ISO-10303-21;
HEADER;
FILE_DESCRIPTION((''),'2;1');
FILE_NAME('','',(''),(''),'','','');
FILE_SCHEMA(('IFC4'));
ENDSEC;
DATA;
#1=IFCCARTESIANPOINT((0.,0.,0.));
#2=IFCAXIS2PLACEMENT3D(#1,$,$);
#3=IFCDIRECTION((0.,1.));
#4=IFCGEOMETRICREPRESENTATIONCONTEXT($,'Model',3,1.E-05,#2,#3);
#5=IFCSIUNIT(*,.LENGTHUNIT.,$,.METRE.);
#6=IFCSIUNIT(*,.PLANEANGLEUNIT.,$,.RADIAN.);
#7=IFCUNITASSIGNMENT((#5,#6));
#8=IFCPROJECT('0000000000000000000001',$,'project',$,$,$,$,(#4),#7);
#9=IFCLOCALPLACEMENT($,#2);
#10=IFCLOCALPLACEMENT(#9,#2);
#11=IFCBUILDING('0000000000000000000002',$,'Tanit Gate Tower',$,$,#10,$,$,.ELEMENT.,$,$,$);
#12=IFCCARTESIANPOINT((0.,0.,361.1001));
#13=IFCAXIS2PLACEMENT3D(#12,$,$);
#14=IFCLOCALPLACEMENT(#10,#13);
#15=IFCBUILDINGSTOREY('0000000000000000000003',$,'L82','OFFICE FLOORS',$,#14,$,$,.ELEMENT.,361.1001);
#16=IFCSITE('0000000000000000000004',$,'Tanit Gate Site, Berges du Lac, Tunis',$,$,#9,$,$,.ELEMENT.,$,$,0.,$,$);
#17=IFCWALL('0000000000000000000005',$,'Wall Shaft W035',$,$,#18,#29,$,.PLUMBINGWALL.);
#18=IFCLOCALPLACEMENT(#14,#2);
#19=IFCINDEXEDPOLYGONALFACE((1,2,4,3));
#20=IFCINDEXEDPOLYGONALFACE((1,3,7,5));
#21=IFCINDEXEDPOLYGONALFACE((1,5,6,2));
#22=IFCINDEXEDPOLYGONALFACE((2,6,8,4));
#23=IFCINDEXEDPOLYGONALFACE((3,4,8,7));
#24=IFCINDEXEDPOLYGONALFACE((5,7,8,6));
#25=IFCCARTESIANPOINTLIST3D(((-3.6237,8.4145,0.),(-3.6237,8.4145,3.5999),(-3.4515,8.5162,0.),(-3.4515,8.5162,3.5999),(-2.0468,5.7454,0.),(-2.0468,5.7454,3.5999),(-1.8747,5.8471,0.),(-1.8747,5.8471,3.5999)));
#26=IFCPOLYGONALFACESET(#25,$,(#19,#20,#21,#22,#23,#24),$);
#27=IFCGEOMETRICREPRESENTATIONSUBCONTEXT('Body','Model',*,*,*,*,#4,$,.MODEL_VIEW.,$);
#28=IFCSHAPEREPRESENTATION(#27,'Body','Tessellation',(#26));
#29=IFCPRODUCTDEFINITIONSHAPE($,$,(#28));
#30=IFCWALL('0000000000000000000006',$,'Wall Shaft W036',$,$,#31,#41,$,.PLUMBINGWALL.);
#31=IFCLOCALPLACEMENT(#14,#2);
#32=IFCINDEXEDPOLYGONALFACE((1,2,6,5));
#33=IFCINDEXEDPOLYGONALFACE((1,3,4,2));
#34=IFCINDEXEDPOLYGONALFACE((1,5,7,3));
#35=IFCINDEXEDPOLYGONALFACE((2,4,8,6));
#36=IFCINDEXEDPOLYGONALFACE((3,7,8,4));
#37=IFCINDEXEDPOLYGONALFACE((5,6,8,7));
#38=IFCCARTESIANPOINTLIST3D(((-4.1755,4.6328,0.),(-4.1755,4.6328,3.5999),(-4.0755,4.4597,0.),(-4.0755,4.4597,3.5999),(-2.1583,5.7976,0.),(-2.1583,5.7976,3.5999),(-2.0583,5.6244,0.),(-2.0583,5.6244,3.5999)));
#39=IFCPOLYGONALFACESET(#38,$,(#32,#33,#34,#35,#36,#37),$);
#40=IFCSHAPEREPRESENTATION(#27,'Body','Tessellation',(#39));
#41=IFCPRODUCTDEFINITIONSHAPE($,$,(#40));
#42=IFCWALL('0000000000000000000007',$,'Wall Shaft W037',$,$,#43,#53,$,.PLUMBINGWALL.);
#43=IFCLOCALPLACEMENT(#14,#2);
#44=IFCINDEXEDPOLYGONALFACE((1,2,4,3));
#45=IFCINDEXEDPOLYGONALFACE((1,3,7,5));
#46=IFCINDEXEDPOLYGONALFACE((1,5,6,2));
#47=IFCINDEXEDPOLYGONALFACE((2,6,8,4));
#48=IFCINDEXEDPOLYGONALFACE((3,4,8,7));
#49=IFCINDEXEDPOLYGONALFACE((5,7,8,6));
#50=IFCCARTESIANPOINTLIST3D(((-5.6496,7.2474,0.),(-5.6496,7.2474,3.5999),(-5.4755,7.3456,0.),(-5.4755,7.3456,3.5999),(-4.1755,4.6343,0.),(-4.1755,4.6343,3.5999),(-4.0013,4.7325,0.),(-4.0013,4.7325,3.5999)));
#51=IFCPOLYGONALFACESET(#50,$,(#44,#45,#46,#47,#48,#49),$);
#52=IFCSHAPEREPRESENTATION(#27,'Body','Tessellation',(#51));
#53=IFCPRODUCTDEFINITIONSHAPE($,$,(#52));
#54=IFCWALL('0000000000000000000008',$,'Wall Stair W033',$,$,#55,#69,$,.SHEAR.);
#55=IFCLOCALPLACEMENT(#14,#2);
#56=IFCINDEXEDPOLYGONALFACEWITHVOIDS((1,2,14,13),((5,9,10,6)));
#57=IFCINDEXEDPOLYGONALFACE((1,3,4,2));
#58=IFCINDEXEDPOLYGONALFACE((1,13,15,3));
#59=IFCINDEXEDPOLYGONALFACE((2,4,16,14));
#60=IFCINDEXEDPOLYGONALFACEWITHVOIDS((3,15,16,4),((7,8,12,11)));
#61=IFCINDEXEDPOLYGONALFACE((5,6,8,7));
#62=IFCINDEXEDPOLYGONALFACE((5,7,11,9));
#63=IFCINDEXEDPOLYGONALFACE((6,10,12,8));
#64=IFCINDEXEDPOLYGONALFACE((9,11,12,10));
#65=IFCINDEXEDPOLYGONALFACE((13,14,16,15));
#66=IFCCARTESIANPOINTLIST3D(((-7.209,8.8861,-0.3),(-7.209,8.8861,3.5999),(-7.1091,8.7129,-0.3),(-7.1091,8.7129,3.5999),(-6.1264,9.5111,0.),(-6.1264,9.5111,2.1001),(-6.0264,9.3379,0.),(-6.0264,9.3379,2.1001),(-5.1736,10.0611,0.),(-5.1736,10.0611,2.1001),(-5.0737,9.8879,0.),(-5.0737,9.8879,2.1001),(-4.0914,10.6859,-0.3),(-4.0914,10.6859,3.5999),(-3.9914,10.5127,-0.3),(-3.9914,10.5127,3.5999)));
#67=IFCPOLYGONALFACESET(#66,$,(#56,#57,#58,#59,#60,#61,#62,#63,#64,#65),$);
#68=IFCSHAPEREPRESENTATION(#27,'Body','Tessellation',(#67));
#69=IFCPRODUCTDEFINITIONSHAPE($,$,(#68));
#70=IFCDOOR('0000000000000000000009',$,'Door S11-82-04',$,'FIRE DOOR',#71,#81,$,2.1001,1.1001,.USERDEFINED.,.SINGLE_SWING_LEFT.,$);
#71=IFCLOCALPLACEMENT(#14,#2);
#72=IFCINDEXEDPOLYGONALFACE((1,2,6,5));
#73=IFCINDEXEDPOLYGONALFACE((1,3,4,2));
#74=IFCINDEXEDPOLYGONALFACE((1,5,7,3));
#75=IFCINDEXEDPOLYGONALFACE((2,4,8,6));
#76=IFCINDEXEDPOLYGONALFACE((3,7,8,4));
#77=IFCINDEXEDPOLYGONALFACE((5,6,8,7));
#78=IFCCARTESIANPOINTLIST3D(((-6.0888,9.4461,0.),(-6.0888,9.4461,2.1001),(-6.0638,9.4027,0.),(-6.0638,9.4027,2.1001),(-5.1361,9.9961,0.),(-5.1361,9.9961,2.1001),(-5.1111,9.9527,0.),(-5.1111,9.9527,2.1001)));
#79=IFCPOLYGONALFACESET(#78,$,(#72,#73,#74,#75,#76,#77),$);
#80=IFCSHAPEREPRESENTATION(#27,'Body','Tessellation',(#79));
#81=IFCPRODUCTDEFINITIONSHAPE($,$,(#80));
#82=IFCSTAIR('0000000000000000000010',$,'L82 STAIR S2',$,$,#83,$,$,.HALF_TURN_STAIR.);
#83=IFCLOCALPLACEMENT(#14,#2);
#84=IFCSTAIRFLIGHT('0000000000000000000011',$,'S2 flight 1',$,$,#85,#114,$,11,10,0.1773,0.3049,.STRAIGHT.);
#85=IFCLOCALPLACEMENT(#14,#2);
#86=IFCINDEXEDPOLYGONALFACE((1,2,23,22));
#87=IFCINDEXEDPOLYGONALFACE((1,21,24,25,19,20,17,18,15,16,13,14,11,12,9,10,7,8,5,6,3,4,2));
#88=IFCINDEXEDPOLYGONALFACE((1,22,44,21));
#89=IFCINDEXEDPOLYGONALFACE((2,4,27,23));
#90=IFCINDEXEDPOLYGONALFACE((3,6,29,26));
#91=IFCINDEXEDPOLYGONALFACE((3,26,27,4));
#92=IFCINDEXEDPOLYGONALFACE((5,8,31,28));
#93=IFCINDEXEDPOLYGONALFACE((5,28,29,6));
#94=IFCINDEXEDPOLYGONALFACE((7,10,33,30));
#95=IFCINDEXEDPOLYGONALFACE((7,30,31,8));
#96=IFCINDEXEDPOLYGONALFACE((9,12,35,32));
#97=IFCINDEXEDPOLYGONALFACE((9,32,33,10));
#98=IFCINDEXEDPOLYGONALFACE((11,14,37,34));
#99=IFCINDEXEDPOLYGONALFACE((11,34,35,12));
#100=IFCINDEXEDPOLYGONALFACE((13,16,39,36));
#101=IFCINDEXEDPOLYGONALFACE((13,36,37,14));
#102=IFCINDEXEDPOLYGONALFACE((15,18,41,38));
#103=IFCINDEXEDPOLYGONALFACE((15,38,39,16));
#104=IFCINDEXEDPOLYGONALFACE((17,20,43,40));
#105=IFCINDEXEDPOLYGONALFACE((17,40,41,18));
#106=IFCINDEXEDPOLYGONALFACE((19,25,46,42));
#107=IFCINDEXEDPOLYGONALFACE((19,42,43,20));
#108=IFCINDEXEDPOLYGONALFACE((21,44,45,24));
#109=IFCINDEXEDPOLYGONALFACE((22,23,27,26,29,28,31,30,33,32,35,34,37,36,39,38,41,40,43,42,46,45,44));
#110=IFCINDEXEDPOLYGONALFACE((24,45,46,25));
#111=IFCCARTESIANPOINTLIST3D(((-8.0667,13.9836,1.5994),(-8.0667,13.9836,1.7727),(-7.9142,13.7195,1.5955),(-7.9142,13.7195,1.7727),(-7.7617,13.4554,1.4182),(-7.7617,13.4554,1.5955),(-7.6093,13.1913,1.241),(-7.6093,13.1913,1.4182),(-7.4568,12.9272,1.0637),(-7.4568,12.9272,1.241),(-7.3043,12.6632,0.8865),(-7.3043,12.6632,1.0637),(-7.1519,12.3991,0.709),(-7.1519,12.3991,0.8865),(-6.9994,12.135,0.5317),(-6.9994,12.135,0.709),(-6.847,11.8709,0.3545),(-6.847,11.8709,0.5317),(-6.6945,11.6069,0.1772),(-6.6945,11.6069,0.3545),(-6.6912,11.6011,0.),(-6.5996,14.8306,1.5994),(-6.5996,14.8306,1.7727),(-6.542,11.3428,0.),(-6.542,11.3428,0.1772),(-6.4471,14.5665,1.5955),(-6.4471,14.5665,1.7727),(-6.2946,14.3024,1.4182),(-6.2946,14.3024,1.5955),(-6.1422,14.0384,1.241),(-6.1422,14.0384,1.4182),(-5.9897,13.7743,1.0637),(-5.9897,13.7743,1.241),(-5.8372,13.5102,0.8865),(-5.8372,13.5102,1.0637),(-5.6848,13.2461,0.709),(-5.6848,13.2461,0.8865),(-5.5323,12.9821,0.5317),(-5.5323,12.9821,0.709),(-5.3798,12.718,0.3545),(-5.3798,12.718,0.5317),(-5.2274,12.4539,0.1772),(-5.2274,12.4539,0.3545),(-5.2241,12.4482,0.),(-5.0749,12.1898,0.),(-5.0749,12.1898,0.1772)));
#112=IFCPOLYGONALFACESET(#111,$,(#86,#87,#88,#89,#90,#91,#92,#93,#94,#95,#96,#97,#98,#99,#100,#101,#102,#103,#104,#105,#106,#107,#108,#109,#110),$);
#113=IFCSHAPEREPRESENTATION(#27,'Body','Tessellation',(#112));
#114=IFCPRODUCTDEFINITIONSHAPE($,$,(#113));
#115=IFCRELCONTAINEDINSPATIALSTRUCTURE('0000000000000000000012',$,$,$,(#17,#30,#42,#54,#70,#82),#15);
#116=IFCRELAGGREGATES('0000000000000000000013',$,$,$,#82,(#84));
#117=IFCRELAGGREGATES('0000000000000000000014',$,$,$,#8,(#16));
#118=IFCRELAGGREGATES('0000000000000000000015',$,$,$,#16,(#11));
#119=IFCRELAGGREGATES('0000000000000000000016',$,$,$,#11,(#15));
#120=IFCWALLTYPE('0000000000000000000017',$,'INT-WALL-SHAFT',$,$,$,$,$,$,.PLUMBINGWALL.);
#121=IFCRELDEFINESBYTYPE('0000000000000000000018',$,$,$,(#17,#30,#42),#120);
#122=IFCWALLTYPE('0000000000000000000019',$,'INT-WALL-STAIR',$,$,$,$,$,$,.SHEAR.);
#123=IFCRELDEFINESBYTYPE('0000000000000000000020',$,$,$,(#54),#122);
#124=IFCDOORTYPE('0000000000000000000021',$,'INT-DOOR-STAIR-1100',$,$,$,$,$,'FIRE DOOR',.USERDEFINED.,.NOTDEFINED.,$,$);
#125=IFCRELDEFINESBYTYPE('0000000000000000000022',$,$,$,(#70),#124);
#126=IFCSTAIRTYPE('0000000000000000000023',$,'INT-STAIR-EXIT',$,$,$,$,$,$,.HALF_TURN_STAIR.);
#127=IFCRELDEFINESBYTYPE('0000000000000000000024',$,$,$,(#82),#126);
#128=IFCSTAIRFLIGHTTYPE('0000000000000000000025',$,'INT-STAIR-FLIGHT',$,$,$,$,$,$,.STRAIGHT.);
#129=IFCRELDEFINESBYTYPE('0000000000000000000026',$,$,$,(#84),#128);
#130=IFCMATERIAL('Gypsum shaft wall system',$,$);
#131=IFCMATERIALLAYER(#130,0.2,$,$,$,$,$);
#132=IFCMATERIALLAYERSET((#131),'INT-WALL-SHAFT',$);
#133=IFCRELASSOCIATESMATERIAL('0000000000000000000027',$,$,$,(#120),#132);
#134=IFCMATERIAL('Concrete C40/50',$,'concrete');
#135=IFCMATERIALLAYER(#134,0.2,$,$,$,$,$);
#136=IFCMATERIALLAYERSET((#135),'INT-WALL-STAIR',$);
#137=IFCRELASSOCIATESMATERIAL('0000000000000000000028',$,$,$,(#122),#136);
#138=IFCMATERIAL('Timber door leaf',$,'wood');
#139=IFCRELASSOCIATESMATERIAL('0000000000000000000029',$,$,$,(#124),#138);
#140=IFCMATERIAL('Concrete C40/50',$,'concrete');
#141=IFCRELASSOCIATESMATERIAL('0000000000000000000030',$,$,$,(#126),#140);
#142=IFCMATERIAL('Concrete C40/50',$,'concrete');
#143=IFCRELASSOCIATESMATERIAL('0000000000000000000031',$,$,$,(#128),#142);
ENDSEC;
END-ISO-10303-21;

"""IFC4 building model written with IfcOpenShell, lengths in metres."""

from ifc_helpers import new_model, si_unit, direction, frame, frame_2d, origin, place, context, subcontext, project, spatial, polyline, rectangle, outline, extrude, material, layer, layer_set, type_object, element, fill, aggregate, save


model = new_model("IFC4")

# Units and contexts
model_context = context("Model", 3, precision=1e-05, world=origin(), true_north=direction((0.0, 1.0)))
body_context = subcontext(model_context, "Body", "Model", "MODEL_VIEW")
ifc_project = project(units=[si_unit("LENGTHUNIT", "METRE"), si_unit("PLANEANGLEUNIT", "RADIAN")], contexts=[model_context])

# Site, building, storey
site_placement = place(None, origin())
site = spatial("IfcSite", under=ifc_project, at=site_placement, Name="Tanit Gate Site, Berges du Lac, Tunis", CompositionType="ELEMENT", RefElevation=0.0)
building_placement = place(site_placement, origin())
building = spatial("IfcBuilding", under=site, at=building_placement, Name="Tanit Gate Tower", CompositionType="ELEMENT")
storey_placement = place(building_placement, frame((0.0, 0.0, 361.1001)))
storey = spatial("IfcBuildingStorey", under=building, at=storey_placement, Name="L82", Description="OFFICE FLOORS", CompositionType="ELEMENT", Elevation=361.1001)

# Shared definitions
ifc_material_1 = material(Name="Gypsum shaft wall system")
ifc_layer_1 = layer(ifc_material_1, 0.2)
ifc_layer_set_1 = layer_set([ifc_layer_1], Name="INT-WALL-SHAFT")
wall_type_1 = type_object("IfcWallType", Name="INT-WALL-SHAFT", PredefinedType="PLUMBINGWALL", material=ifc_layer_set_1)

# Walls
wall_1_placement = place(storey_placement, frame((-3.5376, 8.4653, 0.0), z_axis=(0.0, 0.0, 1.0), x_axis=(0.508647, -0.860975, 0.0)))
element("IfcWall", 1, at=wall_1_placement, inside=storey, type_object=wall_type_1, Name="Wall Shaft W035", PredefinedType="PLUMBINGWALL", context=body_context, shape_type="SweptSolid", body=[
    extrude(rectangle(XDim=3.1001, YDim=0.2, at=frame_2d((1.55, 0.0))), origin(), (0.0, 0.0, 1.0), 3.5999),
])
wall_2_placement = place(storey_placement, frame((-2.1084, 5.7109, 0.0), z_axis=(0.0, 0.0, 1.0), x_axis=(-0.866009, -0.500028, 0.0)))
element("IfcWall", 2, at=wall_2_placement, inside=storey, type_object=wall_type_1, Name="Wall Shaft W036", PredefinedType="PLUMBINGWALL", context=body_context, shape_type="SweptSolid", body=[
    extrude(rectangle(XDim=2.3293, YDim=0.2, at=frame_2d((1.1646, 0.0))), origin(), (0.0, 0.0, 1.0), 3.5999),
])
wall_3_placement = place(storey_placement, frame((-5.5625, 7.2964, 0.0), z_axis=(0.0, 0.0, 1.0), x_axis=(0.491347, -0.870964, 0.0)))
element("IfcWall", 3, at=wall_3_placement, inside=storey, type_object=wall_type_1, Name="Wall Shaft W037", PredefinedType="PLUMBINGWALL", context=body_context, shape_type="SweptSolid", body=[
    extrude(rectangle(XDim=3.0002, YDim=0.2, at=frame_2d((1.5, 0.0))), origin(), (0.0, 0.0, 1.0), 3.5999),
])

# Wall, opening, door
ifc_material_2 = material(Name="Concrete C40/50", Category="concrete")
ifc_layer_2 = layer(ifc_material_2, 0.2)
ifc_layer_set_2 = layer_set([ifc_layer_2], Name="INT-WALL-STAIR")
wall_type_2 = type_object("IfcWallType", Name="INT-WALL-STAIR", PredefinedType="SHEAR", material=ifc_layer_set_2)
wall_4_placement = place(storey_placement, frame((-7.1589, 8.7996, -0.3), z_axis=(0.0, 0.0, 1.0), x_axis=(0.866048, 0.499961, 0.0)))
wall_4 = element("IfcWall", 4, at=wall_4_placement, inside=storey, type_object=wall_type_2, Name="Wall Stair W033", PredefinedType="SHEAR", context=body_context, shape_type="SweptSolid", body=[
    extrude(rectangle(XDim=3.5999, YDim=0.2, at=frame_2d((1.7998, 0.0))), origin(), (0.0, 0.0, 1.0), 3.8999),
])
opening_1_placement = place(wall_4_placement, frame((1.25, 0.0, 0.3)))
opening_1 = element("IfcOpeningElement", 5, at=opening_1_placement, cuts=wall_4, PredefinedType="OPENING", context=body_context, shape_type="SweptSolid", body=[
    extrude(rectangle(XDim=1.1001, YDim=2.1001, at=frame_2d((0.55, 1.05))), frame((0.0, 0.1099, 0.0), z_axis=(0.0, -1.0, 0.0), x_axis=(1.0, 0.0, 0.0)), (0.0, 0.0, 1.0), 0.22),
])
ifc_material_3 = material(Name="Timber door leaf", Category="wood")
door_type_1 = type_object("IfcDoorType", Name="INT-DOOR-STAIR-1100", ElementType="FIRE DOOR", OperationType="NOTDEFINED", PredefinedType="USERDEFINED", material=ifc_material_3)
door_1_placement = place(opening_1_placement, origin())
door_1 = element("IfcDoor", 6, at=door_1_placement, inside=storey, type_object=door_type_1, Name="Door S11-82-04", ObjectType="FIRE DOOR", OperationType="SINGLE_SWING_LEFT", OverallHeight=2.1001, OverallWidth=1.1001, PredefinedType="USERDEFINED", context=body_context, shape_type="SweptSolid", body=[
    extrude(rectangle(XDim=1.1001, YDim=2.1001, at=frame_2d((0.55, 1.05))), frame((0.0, 0.0249, 0.0), z_axis=(0.0, -1.0, 0.0), x_axis=(1.0, 0.0, 0.0)), (0.0, 0.0, 1.0), 0.05),
])
fill(opening_1, door_1)

# Stair, stair flight
ifc_material_4 = material(Name="Concrete C40/50", Category="concrete")
stair_type = type_object("IfcStairType", Name="INT-STAIR-EXIT", PredefinedType="HALF_TURN_STAIR", material=ifc_material_4)
stair_placement = place(storey_placement, origin())
stair = element("IfcStair", 7, at=stair_placement, inside=storey, type_object=stair_type, Name="L82 STAIR S2", PredefinedType="HALF_TURN_STAIR")
ifc_material_5 = material(Name="Concrete C40/50", Category="concrete")
stair_flight_type = type_object("IfcStairFlightType", Name="INT-STAIR-FLIGHT", PredefinedType="STRAIGHT", material=ifc_material_5)
stair_flight_placement = place(storey_placement, frame((-5.8083, 11.7664, 0.0), z_axis=(0.0, 0.0, 1.0), x_axis=(-0.5, 0.866025, 0.0)))
stair_flight = element("IfcStairFlight", 8, at=stair_flight_placement, type_object=stair_flight_type, Name="S2 flight 1", NumberOfRisers=11, NumberOfTreads=10, PredefinedType="STRAIGHT", RiserHeight=0.1773, TreadLength=0.3049, context=body_context, shape_type="SweptSolid", body=[
    extrude(outline(polyline([(0.0, 0.0), (0.0, 0.1772), (0.3049, 0.1772), (0.3049, 0.3545), (0.6099, 0.3545), (0.6099, 0.5317), (0.9148, 0.5317), (0.9148, 0.709), (1.2197, 0.709), (1.2197, 0.8865), (1.5247, 0.8865), (1.5247, 1.0637), (1.8296, 1.0637), (1.8296, 1.241), (2.1345, 1.241), (2.1345, 1.4182), (2.4395, 1.4182), (2.4395, 1.5955), (2.7444, 1.5955), (2.7444, 1.7727), (3.0493, 1.7727), (3.0493, 1.95), (3.0493, 1.5994), (0.2983, 0.0), (0.0, 0.0)])), frame((0.0, 0.8472, 0.0), z_axis=(0.0, -1.0, 0.0), x_axis=(1.0, 0.0, 0.0)), (0.0, 0.0, 1.0), 1.6941),
])
aggregate(stair, [stair_flight])

save(model, "model.ifc")
